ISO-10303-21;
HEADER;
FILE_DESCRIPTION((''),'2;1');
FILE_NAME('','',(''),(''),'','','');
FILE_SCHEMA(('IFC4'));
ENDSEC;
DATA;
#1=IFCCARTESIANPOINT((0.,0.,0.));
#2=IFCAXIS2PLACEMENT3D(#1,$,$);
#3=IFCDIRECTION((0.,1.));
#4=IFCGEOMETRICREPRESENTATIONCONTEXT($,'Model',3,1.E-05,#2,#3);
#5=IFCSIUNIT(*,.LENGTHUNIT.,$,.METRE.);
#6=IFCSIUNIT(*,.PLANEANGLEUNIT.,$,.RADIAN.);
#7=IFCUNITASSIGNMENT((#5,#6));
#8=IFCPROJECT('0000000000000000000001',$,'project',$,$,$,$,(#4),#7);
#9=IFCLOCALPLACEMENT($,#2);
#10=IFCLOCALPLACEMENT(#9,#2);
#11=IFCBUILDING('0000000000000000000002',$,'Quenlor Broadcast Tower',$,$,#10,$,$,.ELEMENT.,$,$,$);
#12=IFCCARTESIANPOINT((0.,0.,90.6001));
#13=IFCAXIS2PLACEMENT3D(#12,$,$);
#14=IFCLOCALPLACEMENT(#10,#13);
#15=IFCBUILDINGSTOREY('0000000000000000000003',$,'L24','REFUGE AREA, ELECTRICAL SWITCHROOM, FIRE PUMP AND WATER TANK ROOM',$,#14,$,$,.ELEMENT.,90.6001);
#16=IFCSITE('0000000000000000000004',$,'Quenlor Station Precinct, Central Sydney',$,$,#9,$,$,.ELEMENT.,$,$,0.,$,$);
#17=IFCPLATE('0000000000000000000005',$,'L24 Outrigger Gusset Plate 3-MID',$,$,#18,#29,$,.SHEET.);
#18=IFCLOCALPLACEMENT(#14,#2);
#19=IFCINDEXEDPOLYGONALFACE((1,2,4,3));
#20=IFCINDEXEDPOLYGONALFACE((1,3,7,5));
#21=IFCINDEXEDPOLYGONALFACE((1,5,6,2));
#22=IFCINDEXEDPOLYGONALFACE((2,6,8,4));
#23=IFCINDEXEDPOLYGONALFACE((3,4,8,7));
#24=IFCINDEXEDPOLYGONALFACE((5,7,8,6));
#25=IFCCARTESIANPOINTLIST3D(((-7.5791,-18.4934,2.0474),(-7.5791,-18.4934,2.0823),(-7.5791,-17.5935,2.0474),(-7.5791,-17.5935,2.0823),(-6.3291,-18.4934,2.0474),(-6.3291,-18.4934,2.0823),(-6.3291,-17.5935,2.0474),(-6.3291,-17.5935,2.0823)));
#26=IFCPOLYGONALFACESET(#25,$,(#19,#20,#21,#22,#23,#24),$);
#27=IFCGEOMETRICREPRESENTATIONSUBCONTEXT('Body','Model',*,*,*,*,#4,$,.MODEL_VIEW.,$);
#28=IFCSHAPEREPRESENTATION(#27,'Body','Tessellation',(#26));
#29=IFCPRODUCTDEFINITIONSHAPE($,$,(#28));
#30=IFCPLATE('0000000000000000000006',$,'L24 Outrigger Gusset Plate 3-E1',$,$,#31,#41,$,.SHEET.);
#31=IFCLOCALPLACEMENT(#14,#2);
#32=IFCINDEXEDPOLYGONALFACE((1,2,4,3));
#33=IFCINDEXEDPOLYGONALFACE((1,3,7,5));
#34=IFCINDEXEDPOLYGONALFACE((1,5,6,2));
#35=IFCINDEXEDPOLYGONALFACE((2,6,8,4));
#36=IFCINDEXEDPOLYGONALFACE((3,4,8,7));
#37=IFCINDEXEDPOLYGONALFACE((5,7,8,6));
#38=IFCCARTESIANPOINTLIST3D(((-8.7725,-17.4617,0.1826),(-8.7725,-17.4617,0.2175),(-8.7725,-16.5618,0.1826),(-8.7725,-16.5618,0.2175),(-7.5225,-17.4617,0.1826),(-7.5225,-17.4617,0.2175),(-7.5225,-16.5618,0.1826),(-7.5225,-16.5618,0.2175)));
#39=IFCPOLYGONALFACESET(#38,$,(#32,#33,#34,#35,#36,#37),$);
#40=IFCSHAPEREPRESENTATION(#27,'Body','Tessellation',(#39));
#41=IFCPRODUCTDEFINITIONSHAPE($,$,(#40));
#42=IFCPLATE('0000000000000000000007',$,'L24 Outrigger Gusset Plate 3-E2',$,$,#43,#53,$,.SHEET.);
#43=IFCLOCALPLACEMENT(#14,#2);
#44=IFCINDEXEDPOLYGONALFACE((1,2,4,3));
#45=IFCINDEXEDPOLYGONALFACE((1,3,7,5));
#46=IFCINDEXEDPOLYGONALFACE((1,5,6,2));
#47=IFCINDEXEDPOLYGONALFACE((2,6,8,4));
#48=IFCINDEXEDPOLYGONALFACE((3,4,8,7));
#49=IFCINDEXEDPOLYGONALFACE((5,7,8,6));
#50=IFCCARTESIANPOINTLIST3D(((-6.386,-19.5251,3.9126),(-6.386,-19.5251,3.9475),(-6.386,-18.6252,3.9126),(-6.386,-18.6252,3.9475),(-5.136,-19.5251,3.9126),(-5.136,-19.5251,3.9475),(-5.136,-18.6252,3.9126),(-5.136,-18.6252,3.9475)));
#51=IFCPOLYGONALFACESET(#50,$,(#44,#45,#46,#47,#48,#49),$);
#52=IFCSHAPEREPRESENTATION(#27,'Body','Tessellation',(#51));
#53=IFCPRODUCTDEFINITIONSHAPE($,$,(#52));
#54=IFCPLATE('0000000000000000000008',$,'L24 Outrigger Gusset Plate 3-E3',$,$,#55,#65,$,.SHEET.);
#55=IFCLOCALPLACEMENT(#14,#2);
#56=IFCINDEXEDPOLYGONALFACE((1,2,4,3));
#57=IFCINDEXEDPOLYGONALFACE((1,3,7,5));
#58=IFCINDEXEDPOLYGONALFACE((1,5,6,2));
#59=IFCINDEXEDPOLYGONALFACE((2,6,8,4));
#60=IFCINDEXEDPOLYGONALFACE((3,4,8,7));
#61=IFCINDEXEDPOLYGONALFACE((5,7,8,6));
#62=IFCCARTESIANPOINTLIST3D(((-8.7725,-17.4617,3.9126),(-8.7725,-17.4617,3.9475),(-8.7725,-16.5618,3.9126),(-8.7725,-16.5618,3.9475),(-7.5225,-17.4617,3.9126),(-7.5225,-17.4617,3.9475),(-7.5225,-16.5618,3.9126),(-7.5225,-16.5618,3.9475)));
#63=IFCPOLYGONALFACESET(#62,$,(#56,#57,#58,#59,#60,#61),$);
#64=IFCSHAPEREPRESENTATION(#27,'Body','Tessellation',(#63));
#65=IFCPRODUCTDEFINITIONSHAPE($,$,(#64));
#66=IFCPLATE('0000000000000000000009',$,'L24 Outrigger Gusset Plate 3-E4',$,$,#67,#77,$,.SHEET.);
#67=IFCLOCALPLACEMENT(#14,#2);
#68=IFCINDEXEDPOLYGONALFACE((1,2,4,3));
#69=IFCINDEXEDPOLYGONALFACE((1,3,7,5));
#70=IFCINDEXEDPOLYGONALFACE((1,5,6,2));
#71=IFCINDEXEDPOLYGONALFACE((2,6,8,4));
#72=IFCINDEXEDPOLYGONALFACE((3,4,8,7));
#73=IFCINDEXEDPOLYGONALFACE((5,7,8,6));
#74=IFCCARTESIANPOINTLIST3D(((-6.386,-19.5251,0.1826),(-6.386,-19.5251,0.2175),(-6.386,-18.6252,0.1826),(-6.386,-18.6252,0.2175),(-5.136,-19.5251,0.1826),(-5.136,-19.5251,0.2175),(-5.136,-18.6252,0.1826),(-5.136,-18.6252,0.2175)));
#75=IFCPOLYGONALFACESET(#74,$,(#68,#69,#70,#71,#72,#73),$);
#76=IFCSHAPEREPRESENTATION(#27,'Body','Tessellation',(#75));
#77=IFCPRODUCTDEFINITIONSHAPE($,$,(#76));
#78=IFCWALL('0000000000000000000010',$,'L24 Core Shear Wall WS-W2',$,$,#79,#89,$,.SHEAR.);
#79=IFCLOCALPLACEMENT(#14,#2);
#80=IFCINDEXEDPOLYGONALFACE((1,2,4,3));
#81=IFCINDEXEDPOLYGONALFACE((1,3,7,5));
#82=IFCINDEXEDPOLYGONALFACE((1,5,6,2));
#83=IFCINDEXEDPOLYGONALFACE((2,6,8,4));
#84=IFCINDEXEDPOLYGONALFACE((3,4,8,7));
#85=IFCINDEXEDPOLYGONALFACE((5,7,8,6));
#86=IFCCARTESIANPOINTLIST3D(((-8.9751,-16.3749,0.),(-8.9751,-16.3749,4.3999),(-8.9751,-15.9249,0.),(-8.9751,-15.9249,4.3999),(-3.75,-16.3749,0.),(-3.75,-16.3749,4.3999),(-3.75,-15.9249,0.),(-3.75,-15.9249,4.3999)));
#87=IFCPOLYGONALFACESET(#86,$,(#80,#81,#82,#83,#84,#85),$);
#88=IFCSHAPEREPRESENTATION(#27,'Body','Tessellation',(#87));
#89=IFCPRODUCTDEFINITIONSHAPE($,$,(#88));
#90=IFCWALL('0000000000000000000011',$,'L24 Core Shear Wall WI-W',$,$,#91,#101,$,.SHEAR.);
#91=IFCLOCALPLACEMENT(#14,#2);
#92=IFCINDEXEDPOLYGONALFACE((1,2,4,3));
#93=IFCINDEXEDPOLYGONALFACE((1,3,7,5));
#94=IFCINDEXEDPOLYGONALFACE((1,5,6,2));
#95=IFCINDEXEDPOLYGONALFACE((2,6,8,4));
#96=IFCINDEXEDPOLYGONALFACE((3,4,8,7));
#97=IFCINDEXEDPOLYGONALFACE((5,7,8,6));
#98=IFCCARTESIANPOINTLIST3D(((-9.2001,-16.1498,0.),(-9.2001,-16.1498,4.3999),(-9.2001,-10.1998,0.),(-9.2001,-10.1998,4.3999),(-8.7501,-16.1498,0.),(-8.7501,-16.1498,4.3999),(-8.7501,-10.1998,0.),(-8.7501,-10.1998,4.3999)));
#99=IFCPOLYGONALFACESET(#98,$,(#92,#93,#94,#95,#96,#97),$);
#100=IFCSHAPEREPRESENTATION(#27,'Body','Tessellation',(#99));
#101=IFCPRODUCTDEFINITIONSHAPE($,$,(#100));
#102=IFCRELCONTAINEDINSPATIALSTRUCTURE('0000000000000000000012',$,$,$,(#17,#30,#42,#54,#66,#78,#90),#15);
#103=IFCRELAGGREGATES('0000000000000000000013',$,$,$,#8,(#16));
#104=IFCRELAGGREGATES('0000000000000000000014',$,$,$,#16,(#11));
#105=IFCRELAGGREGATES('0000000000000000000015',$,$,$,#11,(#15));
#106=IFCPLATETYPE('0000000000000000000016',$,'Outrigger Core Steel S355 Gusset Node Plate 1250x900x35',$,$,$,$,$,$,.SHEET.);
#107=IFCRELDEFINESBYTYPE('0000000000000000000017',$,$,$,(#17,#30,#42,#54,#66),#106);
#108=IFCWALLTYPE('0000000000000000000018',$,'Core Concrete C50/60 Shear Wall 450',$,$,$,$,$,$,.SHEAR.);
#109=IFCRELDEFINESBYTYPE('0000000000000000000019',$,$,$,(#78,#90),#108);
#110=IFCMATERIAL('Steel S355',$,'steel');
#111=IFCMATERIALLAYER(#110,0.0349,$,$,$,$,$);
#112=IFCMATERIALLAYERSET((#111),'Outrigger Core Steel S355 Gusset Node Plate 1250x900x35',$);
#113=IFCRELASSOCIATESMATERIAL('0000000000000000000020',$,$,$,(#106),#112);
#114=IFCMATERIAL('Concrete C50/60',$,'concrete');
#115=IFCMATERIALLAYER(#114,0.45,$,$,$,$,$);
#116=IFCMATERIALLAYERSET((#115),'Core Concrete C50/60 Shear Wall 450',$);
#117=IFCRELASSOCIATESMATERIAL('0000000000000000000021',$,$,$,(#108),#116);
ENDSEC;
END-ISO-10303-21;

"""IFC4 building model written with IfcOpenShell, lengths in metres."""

from ifc_helpers import new_model, si_unit, direction, frame, frame_2d, origin, origin_2d, place, context, subcontext, project, spatial, rectangle, extrude, material, layer, layer_set, type_object, element, save


model = new_model("IFC4")

# Units and contexts
model_context = context("Model", 3, precision=1e-05, world=origin(), true_north=direction((0.0, 1.0)))
body_context = subcontext(model_context, "Body", "Model", "MODEL_VIEW")
ifc_project = project(units=[si_unit("LENGTHUNIT", "METRE"), si_unit("PLANEANGLEUNIT", "RADIAN")], contexts=[model_context])

# Site, building, storey
site_placement = place(None, origin())
site = spatial("IfcSite", under=ifc_project, at=site_placement, Name="Quenlor Station Precinct, Central Sydney", CompositionType="ELEMENT", RefElevation=0.0)
building_placement = place(site_placement, origin())
building = spatial("IfcBuilding", under=site, at=building_placement, Name="Quenlor Broadcast Tower", CompositionType="ELEMENT")
storey_placement = place(building_placement, frame((0.0, 0.0, 90.6001)))
storey = spatial("IfcBuildingStorey", under=building, at=storey_placement, Name="L24", Description="REFUGE AREA, ELECTRICAL SWITCHROOM, FIRE PUMP AND WATER TANK ROOM", CompositionType="ELEMENT", Elevation=90.6001)

# Plates
ifc_material_1 = material(Name="Steel S355", Category="steel")
ifc_layer_1 = layer(ifc_material_1, 0.0349)
ifc_layer_set_1 = layer_set([ifc_layer_1], Name="Outrigger Core Steel S355 Gusset Node Plate 1250x900x35")
plate_type = type_object("IfcPlateType", Name="Outrigger Core Steel S355 Gusset Node Plate 1250x900x35", PredefinedType="SHEET", material=ifc_layer_set_1)
for number, where, z_axis, x_axis, name in (
    (1, (-6.9541, -18.0435, 2.0474), (0.0, 0.0, 1.0), (1.0, 0.0, 0.0), "L24 Outrigger Gusset Plate 3-MID"),
    (2, (-8.1475, -17.0117, 0.1826), (0.0, 0.0, 1.0), (1.0, 0.0, 0.0), "L24 Outrigger Gusset Plate 3-E1"),
    (3, (-5.761, -19.0752, 3.9126), (0.0, 0.0, 1.0), (1.0, 0.0, 0.0), "L24 Outrigger Gusset Plate 3-E2"),
    (4, (-8.1475, -17.0117, 3.9126), (0.0, 0.0, 1.0), (1.0, 0.0, 0.0), "L24 Outrigger Gusset Plate 3-E3"),
    (5, (-5.761, -19.0752, 0.1826), (0.0, 0.0, 1.0), (1.0, 0.0, 0.0), "L24 Outrigger Gusset Plate 3-E4"),
):
    element("IfcPlate", number, at=place(storey_placement, frame(where, z_axis=z_axis, x_axis=x_axis)), inside=storey, type_object=plate_type, Name=name, PredefinedType="SHEET", context=body_context, shape_type="SweptSolid", body=[
        extrude(rectangle(XDim=1.25, YDim=0.8999, at=origin_2d()), origin(), (0.0, 0.0, 1.0), 0.0349),
    ])

# Walls
ifc_material_2 = material(Name="Concrete C50/60", Category="concrete")
ifc_layer_2 = layer(ifc_material_2, 0.45)
ifc_layer_set_2 = layer_set([ifc_layer_2], Name="Core Concrete C50/60 Shear Wall 450")
wall_type = type_object("IfcWallType", Name="Core Concrete C50/60 Shear Wall 450", PredefinedType="SHEAR", material=ifc_layer_set_2)
wall_1_placement = place(storey_placement, frame((-8.9751, -16.1499, 0.0), z_axis=(0.0, 0.0, 1.0), x_axis=(1.0, 0.0, 0.0)))
element("IfcWall", 6, at=wall_1_placement, inside=storey, type_object=wall_type, Name="L24 Core Shear Wall WS-W2", PredefinedType="SHEAR", context=body_context, shape_type="SweptSolid", body=[
    extrude(rectangle(XDim=5.2251, YDim=0.45, at=frame_2d((2.6125, 0.0))), origin(), (0.0, 0.0, 1.0), 4.3999),
])
wall_2_placement = place(storey_placement, frame((-8.9751, -16.1499, 0.0), z_axis=(0.0, 0.0, 1.0), x_axis=(0.0, 1.0, 0.0)))
element("IfcWall", 7, at=wall_2_placement, inside=storey, type_object=wall_type, Name="L24 Core Shear Wall WI-W", PredefinedType="SHEAR", context=body_context, shape_type="SweptSolid", body=[
    extrude(rectangle(XDim=5.95, YDim=0.45, at=frame_2d((2.9751, 0.0))), origin(), (0.0, 0.0, 1.0), 4.3999),
])

save(model, "model.ifc")
